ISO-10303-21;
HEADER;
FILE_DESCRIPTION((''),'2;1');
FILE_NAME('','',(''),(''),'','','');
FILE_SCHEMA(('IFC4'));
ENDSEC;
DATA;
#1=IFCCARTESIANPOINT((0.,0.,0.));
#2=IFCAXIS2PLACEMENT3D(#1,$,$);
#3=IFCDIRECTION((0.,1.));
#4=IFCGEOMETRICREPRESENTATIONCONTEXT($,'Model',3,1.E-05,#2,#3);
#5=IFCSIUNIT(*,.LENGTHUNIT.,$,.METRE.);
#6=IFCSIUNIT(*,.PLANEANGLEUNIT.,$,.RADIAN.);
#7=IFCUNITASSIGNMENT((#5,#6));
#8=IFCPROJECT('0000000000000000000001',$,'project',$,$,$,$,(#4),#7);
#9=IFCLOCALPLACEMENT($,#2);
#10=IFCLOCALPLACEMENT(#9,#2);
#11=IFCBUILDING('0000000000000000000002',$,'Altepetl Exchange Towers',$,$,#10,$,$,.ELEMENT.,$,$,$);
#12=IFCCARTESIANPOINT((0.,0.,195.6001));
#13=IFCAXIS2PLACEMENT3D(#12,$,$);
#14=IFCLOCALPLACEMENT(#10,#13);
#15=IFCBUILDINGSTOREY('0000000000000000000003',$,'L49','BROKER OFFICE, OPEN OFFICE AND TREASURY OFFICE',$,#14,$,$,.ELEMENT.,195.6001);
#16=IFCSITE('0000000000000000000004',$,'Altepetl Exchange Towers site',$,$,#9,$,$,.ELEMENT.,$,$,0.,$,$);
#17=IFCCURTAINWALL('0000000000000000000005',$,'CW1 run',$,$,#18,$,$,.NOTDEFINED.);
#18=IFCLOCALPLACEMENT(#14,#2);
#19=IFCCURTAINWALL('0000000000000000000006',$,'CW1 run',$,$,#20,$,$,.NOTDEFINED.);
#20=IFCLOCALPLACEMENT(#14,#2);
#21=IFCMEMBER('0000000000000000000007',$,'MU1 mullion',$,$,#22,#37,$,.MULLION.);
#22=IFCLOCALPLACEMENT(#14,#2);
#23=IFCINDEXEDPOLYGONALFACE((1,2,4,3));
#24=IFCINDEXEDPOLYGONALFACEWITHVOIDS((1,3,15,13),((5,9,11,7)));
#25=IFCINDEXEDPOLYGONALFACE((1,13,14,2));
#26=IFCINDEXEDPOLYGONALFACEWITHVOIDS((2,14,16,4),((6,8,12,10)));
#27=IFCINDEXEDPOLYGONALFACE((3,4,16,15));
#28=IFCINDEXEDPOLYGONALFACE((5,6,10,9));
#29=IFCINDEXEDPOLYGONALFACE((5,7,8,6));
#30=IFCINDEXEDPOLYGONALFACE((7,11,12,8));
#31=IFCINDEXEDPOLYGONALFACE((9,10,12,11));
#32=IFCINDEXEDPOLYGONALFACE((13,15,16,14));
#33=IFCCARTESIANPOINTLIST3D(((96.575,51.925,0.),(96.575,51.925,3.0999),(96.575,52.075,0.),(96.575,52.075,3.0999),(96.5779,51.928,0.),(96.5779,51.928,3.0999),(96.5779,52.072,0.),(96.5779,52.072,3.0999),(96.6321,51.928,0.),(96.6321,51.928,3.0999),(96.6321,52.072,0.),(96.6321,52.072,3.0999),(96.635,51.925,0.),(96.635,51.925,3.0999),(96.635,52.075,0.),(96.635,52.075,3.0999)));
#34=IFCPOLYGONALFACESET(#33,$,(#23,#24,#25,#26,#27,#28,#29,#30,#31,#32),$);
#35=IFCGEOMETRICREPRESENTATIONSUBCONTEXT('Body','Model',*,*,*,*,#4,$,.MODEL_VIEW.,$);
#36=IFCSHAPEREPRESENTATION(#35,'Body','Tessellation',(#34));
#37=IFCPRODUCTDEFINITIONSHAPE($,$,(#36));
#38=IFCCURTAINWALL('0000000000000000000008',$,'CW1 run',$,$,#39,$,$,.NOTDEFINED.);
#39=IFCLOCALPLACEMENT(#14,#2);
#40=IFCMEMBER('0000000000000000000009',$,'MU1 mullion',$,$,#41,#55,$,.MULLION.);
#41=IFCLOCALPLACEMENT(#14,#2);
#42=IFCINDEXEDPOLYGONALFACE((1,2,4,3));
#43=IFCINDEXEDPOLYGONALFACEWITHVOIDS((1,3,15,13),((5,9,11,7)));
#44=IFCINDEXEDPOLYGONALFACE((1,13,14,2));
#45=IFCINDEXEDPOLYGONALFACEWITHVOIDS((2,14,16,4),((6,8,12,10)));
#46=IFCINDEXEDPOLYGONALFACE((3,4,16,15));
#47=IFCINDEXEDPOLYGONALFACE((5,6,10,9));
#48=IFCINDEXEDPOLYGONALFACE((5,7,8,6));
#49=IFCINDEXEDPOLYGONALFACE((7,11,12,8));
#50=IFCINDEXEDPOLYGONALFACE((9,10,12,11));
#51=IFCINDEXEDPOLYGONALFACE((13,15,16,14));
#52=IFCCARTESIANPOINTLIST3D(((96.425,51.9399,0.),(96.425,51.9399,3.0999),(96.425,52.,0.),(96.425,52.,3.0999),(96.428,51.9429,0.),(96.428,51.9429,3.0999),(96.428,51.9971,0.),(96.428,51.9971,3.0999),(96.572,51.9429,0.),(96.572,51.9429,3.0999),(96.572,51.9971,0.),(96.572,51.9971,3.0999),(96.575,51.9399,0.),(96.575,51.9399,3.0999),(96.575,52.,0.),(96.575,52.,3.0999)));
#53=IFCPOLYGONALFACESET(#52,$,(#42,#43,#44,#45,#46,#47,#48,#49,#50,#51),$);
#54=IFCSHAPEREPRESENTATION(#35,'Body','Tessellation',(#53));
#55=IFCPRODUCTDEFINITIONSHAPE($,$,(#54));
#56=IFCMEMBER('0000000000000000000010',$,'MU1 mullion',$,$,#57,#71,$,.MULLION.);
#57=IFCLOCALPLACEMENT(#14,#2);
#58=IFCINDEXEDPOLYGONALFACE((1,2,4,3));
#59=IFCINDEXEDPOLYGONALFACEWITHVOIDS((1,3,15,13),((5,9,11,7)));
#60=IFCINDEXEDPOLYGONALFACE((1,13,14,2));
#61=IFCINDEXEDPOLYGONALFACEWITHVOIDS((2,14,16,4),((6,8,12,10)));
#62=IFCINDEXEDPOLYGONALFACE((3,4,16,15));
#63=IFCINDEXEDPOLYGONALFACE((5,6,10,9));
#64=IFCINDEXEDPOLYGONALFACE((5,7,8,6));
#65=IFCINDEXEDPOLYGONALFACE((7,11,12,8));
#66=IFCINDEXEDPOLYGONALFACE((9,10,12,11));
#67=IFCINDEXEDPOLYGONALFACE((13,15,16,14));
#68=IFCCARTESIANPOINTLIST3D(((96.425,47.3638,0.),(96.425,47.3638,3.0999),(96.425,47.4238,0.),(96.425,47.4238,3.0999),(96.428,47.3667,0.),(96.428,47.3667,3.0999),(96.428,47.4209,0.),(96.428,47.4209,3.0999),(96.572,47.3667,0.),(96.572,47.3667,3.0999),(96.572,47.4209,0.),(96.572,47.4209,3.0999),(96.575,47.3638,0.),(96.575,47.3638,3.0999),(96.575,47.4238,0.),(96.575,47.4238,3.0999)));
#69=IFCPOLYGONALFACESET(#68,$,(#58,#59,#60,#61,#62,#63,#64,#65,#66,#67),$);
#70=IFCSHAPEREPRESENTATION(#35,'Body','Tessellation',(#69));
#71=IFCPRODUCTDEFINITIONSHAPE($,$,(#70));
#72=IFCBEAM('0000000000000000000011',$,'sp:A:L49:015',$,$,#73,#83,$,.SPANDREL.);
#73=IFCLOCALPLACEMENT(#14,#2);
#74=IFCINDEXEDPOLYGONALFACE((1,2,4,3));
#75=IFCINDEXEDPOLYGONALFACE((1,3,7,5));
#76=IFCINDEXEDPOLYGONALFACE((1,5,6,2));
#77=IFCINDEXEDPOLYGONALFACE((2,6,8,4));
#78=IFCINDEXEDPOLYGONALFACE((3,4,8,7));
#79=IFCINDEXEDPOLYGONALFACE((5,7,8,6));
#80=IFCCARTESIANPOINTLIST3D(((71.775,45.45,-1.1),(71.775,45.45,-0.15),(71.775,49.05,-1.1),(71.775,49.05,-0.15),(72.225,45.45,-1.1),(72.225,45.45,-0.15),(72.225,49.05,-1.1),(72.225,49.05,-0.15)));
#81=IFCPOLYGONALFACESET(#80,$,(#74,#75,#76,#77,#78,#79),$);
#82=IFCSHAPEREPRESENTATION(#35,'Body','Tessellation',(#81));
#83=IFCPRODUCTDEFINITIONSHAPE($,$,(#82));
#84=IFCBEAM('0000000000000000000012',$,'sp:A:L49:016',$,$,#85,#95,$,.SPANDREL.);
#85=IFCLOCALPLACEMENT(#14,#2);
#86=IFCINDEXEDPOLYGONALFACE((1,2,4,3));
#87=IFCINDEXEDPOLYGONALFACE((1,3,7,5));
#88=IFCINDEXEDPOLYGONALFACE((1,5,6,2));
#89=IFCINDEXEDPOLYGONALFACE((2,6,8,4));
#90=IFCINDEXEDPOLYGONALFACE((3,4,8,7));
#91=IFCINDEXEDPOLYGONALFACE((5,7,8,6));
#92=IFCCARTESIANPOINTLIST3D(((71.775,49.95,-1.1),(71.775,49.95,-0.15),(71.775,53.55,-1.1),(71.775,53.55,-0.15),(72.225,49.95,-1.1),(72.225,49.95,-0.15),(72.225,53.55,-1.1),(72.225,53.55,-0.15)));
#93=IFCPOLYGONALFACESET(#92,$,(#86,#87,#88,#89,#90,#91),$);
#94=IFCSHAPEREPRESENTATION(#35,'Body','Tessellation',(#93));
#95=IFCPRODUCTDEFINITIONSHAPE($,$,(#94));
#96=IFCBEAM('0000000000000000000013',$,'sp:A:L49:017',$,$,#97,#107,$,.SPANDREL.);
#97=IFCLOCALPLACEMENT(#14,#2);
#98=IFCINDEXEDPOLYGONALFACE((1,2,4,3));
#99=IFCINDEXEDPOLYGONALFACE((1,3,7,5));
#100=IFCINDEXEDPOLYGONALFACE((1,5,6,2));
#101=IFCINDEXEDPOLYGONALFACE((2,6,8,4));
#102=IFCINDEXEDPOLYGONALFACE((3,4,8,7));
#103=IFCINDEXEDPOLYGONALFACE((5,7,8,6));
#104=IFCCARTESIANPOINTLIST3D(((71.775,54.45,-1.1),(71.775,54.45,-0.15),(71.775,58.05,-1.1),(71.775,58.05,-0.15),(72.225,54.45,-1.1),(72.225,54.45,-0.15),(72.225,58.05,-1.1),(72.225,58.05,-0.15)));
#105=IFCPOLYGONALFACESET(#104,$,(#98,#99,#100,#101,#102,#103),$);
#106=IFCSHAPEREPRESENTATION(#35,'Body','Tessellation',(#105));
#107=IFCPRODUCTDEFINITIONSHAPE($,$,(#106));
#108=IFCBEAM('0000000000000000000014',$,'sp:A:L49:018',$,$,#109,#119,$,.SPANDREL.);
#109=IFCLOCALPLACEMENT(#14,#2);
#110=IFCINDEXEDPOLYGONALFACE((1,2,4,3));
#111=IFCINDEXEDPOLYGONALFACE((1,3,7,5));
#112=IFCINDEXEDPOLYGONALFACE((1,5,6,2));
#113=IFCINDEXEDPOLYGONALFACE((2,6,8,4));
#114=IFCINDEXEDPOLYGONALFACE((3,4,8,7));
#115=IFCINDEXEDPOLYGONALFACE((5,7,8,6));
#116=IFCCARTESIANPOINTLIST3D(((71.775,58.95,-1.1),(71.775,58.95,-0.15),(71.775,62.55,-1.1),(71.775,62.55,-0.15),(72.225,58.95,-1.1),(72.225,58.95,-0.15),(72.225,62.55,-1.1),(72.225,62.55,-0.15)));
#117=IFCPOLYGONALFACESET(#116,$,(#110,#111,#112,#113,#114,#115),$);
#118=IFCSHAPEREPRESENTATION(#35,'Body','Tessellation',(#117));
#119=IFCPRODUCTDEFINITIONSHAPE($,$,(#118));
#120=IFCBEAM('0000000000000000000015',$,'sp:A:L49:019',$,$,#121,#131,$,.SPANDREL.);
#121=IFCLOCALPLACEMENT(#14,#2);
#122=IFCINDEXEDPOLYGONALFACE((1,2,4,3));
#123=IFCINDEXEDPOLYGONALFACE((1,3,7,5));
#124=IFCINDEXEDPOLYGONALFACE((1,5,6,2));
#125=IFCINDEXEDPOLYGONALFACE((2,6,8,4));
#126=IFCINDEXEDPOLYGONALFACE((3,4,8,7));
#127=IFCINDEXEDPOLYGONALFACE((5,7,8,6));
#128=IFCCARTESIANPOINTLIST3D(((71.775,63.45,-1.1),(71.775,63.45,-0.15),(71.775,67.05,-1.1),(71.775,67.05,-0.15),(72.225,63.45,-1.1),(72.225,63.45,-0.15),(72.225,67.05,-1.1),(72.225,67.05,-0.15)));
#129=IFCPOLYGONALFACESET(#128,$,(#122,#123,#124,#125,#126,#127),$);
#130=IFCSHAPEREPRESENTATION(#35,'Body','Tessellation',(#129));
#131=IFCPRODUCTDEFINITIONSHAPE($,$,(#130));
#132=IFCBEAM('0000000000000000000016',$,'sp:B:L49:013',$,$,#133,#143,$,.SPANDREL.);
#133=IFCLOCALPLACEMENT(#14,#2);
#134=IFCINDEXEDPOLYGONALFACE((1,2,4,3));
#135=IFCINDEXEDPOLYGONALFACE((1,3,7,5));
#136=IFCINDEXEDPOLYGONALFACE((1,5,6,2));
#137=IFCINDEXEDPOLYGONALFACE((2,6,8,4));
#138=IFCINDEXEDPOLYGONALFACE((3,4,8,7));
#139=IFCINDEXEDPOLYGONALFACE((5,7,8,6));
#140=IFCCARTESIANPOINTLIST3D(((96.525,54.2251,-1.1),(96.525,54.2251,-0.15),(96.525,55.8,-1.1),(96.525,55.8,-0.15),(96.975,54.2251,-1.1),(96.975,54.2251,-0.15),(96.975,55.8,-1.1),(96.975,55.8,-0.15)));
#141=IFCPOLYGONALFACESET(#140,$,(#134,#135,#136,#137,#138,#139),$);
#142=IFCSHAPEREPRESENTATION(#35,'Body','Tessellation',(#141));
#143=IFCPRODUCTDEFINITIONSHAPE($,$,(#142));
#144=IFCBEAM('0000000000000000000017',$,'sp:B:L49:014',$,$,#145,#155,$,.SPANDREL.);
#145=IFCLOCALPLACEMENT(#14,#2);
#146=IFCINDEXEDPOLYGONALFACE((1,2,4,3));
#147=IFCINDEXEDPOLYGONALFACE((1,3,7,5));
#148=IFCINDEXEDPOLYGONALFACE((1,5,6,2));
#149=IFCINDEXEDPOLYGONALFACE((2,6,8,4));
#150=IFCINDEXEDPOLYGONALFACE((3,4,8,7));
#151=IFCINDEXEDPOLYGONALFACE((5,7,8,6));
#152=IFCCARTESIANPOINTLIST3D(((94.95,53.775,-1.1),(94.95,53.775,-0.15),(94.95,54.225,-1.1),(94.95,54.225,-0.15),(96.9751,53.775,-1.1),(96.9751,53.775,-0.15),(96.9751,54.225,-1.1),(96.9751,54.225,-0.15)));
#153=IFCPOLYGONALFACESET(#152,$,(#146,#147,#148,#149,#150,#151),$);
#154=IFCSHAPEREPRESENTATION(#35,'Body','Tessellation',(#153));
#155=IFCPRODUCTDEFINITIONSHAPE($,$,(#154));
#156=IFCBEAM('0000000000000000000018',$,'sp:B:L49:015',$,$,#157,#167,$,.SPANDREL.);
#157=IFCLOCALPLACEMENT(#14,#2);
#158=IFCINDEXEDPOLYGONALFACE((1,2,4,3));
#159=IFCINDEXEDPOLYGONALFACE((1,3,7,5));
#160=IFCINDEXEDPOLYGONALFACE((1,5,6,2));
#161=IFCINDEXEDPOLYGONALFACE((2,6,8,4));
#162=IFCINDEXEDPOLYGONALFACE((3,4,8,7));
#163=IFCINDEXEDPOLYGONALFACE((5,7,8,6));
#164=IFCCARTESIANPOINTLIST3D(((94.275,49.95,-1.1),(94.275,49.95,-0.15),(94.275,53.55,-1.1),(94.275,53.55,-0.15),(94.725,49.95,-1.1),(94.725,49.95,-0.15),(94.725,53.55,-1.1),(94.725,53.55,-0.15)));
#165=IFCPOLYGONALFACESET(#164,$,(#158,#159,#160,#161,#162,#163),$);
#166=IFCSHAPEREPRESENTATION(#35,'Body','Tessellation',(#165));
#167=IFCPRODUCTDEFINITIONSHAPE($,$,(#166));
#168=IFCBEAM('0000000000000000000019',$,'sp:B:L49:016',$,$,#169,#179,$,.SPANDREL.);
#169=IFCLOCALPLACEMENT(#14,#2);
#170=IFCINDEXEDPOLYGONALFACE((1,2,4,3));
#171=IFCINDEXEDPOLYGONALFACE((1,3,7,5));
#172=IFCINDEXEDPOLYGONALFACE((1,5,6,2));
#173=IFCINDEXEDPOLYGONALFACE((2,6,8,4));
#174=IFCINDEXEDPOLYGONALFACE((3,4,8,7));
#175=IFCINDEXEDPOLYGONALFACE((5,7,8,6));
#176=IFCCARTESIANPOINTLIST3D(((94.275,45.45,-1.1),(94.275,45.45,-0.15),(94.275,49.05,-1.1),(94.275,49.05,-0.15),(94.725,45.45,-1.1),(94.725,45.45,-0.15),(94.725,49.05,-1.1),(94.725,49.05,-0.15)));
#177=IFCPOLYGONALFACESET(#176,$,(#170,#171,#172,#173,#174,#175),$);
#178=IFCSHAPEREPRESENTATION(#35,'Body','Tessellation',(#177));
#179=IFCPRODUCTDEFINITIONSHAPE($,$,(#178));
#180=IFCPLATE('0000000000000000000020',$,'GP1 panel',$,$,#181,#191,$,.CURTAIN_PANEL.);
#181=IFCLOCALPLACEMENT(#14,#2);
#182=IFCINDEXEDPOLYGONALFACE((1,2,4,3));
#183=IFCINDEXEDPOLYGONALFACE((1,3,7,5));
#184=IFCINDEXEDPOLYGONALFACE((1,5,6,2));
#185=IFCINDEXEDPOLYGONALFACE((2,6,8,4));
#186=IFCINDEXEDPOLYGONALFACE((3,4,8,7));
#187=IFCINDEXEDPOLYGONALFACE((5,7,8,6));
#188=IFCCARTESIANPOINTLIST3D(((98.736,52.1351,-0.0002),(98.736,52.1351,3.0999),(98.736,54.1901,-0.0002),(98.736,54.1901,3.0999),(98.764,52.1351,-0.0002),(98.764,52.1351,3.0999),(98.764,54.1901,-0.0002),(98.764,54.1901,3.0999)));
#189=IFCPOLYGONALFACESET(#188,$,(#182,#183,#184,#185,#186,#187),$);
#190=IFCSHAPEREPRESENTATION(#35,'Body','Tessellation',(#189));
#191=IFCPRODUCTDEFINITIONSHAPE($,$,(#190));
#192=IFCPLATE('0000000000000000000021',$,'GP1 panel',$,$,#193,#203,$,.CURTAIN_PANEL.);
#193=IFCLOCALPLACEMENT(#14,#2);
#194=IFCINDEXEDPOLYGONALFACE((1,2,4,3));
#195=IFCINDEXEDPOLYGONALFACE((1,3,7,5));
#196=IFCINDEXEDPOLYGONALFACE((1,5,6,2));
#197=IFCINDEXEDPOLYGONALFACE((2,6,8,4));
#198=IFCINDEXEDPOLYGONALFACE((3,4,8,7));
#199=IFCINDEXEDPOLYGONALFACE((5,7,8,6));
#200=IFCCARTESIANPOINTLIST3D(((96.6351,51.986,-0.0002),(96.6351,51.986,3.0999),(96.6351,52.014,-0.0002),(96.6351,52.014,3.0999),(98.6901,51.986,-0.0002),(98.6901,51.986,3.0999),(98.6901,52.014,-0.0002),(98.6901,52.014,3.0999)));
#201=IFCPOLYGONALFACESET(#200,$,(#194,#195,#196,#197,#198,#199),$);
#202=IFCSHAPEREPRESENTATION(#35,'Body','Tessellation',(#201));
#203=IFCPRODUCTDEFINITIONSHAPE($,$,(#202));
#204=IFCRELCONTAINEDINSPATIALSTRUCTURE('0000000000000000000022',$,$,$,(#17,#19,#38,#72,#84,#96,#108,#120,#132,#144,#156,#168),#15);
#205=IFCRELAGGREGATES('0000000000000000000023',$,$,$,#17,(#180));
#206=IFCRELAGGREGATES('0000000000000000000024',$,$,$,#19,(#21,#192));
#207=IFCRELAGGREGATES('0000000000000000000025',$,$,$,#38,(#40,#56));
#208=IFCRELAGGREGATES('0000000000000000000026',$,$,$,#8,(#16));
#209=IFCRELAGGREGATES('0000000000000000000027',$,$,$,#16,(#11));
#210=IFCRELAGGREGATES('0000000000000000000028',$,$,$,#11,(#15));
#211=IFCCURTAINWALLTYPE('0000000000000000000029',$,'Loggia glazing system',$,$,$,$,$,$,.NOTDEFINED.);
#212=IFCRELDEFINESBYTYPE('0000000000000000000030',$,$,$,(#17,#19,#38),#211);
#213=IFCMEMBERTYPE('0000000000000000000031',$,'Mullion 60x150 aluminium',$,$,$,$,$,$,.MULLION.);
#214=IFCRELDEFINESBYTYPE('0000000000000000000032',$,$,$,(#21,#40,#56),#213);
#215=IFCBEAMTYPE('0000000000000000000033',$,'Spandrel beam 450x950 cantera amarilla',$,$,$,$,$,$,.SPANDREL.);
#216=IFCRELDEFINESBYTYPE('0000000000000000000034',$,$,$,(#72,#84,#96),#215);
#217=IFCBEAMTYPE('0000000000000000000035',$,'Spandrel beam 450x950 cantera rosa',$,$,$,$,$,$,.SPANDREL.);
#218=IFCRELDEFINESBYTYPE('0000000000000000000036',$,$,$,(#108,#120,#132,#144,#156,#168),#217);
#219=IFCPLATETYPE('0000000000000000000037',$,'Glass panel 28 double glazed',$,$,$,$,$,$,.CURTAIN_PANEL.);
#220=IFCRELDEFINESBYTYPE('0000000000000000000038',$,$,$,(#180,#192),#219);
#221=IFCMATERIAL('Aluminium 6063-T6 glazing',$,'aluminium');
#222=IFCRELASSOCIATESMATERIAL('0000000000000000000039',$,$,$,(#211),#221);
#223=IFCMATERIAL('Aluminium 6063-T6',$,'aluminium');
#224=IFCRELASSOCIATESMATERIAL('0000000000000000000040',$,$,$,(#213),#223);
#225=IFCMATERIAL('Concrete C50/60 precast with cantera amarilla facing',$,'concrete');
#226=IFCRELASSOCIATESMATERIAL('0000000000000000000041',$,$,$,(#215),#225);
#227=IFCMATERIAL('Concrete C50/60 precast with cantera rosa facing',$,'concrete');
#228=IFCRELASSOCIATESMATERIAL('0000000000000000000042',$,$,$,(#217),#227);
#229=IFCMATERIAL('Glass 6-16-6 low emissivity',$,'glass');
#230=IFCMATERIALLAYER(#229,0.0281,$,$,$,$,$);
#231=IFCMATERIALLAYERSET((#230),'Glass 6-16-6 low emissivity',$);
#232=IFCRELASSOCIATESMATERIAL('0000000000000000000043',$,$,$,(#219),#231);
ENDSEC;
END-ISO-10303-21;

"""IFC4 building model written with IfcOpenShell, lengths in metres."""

from ifc_helpers import new_model, si_unit, direction, frame, origin, origin_2d, place, context, subcontext, project, spatial, rectangle, hollow_rectangle, extrude, material, layer, layer_set, material_profile, profile_set, type_object, element, aggregate, save


model = new_model("IFC4")

# Units and contexts
model_context = context("Model", 3, precision=1e-05, world=origin(), true_north=direction((0.0, 1.0)))
body_context = subcontext(model_context, "Body", "Model", "MODEL_VIEW")
ifc_project = project(units=[si_unit("LENGTHUNIT", "METRE"), si_unit("PLANEANGLEUNIT", "RADIAN")], contexts=[model_context])

# Site, building, storey
site_placement = place(None, origin())
site = spatial("IfcSite", under=ifc_project, at=site_placement, Name="Altepetl Exchange Towers site", CompositionType="ELEMENT", RefElevation=0.0)
building_placement = place(site_placement, origin())
building = spatial("IfcBuilding", under=site, at=building_placement, Name="Altepetl Exchange Towers", CompositionType="ELEMENT")
storey_placement = place(building_placement, frame((0.0, 0.0, 195.6001)))
storey = spatial("IfcBuildingStorey", under=building, at=storey_placement, Name="L49", Description="BROKER OFFICE, OPEN OFFICE AND TREASURY OFFICE", CompositionType="ELEMENT", Elevation=195.6001)

# Curtain walls, members
ifc_material_1 = material(Name="Aluminium 6063-T6 glazing", Category="aluminium")
curtain_wall_type = type_object("IfcCurtainWallType", Name="Loggia glazing system", PredefinedType="NOTDEFINED", material=ifc_material_1)
curtain_wall_1_placement = place(storey_placement, origin())
curtain_wall_1 = element("IfcCurtainWall", 1, at=curtain_wall_1_placement, inside=storey, type_object=curtain_wall_type, Name="CW1 run", PredefinedType="NOTDEFINED")
ifc_material_2 = material(Name="Aluminium 6063-T6", Category="aluminium")
ifc_material_profile_1 = material_profile(ifc_material_2, hollow_rectangle(XDim=0.0601, YDim=0.1499, WallThickness=0.0029, at=origin_2d()), Name="Mullion 60x150 aluminium")
ifc_profile_set_1 = profile_set([ifc_material_profile_1], Name="Aluminium 6063-T6")
member_type = type_object("IfcMemberType", Name="Mullion 60x150 aluminium", PredefinedType="MULLION", material=ifc_profile_set_1)
curtain_wall_2_placement = place(storey_placement, origin())
curtain_wall_2 = element("IfcCurtainWall", 2, at=curtain_wall_2_placement, inside=storey, type_object=curtain_wall_type, Name="CW1 run", PredefinedType="NOTDEFINED")
member_1_placement = place(storey_placement, frame((96.605, 52.0, 0.0), z_axis=(0.0, 0.0, 1.0), x_axis=(-1.0, 0.0, 0.0)))
member_1 = element("IfcMember", 3, at=member_1_placement, type_object=member_type, Name="MU1 mullion", PredefinedType="MULLION", context=body_context, shape_type="SweptSolid", body=[
    extrude(hollow_rectangle(XDim=0.0601, YDim=0.1499, WallThickness=0.0029, at=origin_2d()), origin(), (0.0, 0.0, 1.0), 3.0999),
])
curtain_wall_3_placement = place(storey_placement, origin())
curtain_wall_3 = element("IfcCurtainWall", 4, at=curtain_wall_3_placement, inside=storey, type_object=curtain_wall_type, Name="CW1 run", PredefinedType="NOTDEFINED")
member_2_placement = place(storey_placement, frame((96.5, 51.97, 0.0), z_axis=(0.0, 0.0, 1.0), x_axis=(0.0, -1.0, 0.0)))
member_2 = element("IfcMember", 5, at=member_2_placement, type_object=member_type, Name="MU1 mullion", PredefinedType="MULLION", context=body_context, shape_type="SweptSolid", body=[
    extrude(hollow_rectangle(XDim=0.0601, YDim=0.1499, WallThickness=0.0029, at=origin_2d()), origin(), (0.0, 0.0, 1.0), 3.0999),
])
member_3_placement = place(storey_placement, frame((96.5, 47.3938, 0.0), z_axis=(0.0, 0.0, 1.0), x_axis=(0.0, -1.0, 0.0)))
member_3 = element("IfcMember", 6, at=member_3_placement, type_object=member_type, Name="MU1 mullion", PredefinedType="MULLION", context=body_context, shape_type="SweptSolid", body=[
    extrude(hollow_rectangle(XDim=0.0601, YDim=0.1499, WallThickness=0.0029, at=origin_2d()), origin(), (0.0, 0.0, 1.0), 3.0999),
])

# Beams
ifc_material_3 = material(Name="Concrete C50/60 precast with cantera amarilla facing", Category="concrete")
ifc_material_profile_2 = material_profile(ifc_material_3, rectangle(XDim=0.45, YDim=0.95, at=origin_2d()), Name="450 x 950")
ifc_profile_set_2 = profile_set([ifc_material_profile_2], Name="Concrete C50/60 precast with cantera amarilla facing")
beam_type_1 = type_object("IfcBeamType", Name="Spandrel beam 450x950 cantera amarilla", PredefinedType="SPANDREL", material=ifc_profile_set_2)
for number, where, z_axis, x_axis, name in (
    (7, (72.0, 45.45, -0.625), (0.0, 1.0, 0.0), (-1.0, 0.0, 0.0), "sp:A:L49:015"),
    (8, (72.0, 49.95, -0.625), (0.0, 1.0, 0.0), (-1.0, 0.0, 0.0), "sp:A:L49:016"),
    (9, (72.0, 54.45, -0.625), (0.0, 1.0, 0.0), (-1.0, 0.0, 0.0), "sp:A:L49:017"),
):
    element("IfcBeam", number, at=place(storey_placement, frame(where, z_axis=z_axis, x_axis=x_axis)), inside=storey, type_object=beam_type_1, Name=name, PredefinedType="SPANDREL", context=body_context, shape_type="SweptSolid", body=[
        extrude(rectangle(XDim=0.45, YDim=0.95, at=origin_2d()), origin(), (0.0, 0.0, 1.0), 3.6001),
    ])
ifc_material_4 = material(Name="Concrete C50/60 precast with cantera rosa facing", Category="concrete")
ifc_material_profile_3 = material_profile(ifc_material_4, rectangle(XDim=0.45, YDim=0.95, at=origin_2d()), Name="450 x 950")
ifc_profile_set_3 = profile_set([ifc_material_profile_3], Name="Concrete C50/60 precast with cantera rosa facing")
beam_type_2 = type_object("IfcBeamType", Name="Spandrel beam 450x950 cantera rosa", PredefinedType="SPANDREL", material=ifc_profile_set_3)
for number, where, z_axis, x_axis, name in (
    (10, (72.0, 58.95, -0.625), (0.0, 1.0, 0.0), (-1.0, 0.0, 0.0), "sp:A:L49:018"),
    (11, (72.0, 63.45, -0.625), (0.0, 1.0, 0.0), (-1.0, 0.0, 0.0), "sp:A:L49:019"),
):
    element("IfcBeam", number, at=place(storey_placement, frame(where, z_axis=z_axis, x_axis=x_axis)), inside=storey, type_object=beam_type_2, Name=name, PredefinedType="SPANDREL", context=body_context, shape_type="SweptSolid", body=[
        extrude(rectangle(XDim=0.45, YDim=0.95, at=origin_2d()), origin(), (0.0, 0.0, 1.0), 3.6001),
    ])
beam_1_placement = place(storey_placement, frame((96.75, 55.8, -0.625), z_axis=(0.0, -1.0, 0.0), x_axis=(1.0, 0.0, 0.0)))
element("IfcBeam", 12, at=beam_1_placement, inside=storey, type_object=beam_type_2, Name="sp:B:L49:013", PredefinedType="SPANDREL", context=body_context, shape_type="SweptSolid", body=[
    extrude(rectangle(XDim=0.45, YDim=0.95, at=origin_2d()), origin(), (0.0, 0.0, 1.0), 1.575),
])
beam_2_placement = place(storey_placement, frame((96.9751, 54.0, -0.625), z_axis=(-1.0, 0.0, 0.0), x_axis=(0.0, -1.0, 0.0)))
element("IfcBeam", 13, at=beam_2_placement, inside=storey, type_object=beam_type_2, Name="sp:B:L49:014", PredefinedType="SPANDREL", context=body_context, shape_type="SweptSolid", body=[
    extrude(rectangle(XDim=0.45, YDim=0.95, at=origin_2d()), origin(), (0.0, 0.0, 1.0), 2.0251),
])
for number, where, z_axis, x_axis, name in (
    (14, (94.5, 53.55, -0.625), (0.0, -1.0, 0.0), (1.0, 0.0, 0.0), "sp:B:L49:015"),
    (15, (94.5, 49.05, -0.625), (0.0, -1.0, 0.0), (1.0, 0.0, 0.0), "sp:B:L49:016"),
):
    element("IfcBeam", number, at=place(storey_placement, frame(where, z_axis=z_axis, x_axis=x_axis)), inside=storey, type_object=beam_type_2, Name=name, PredefinedType="SPANDREL", context=body_context, shape_type="SweptSolid", body=[
        extrude(rectangle(XDim=0.45, YDim=0.95, at=origin_2d()), origin(), (0.0, 0.0, 1.0), 3.6001),
    ])

# Plates
ifc_material_5 = material(Name="Glass 6-16-6 low emissivity", Category="glass")
ifc_layer = layer(ifc_material_5, 0.0281)
ifc_layer_set = layer_set([ifc_layer], Name="Glass 6-16-6 low emissivity")
plate_type = type_object("IfcPlateType", Name="Glass panel 28 double glazed", PredefinedType="CURTAIN_PANEL", material=ifc_layer_set)
plate_1_placement = place(storey_placement, frame((98.75, 53.1626, -0.0002), z_axis=(0.0, 0.0, 1.0), x_axis=(0.0, -1.0, 0.0)))
plate_1 = element("IfcPlate", 16, at=plate_1_placement, type_object=plate_type, Name="GP1 panel", PredefinedType="CURTAIN_PANEL", context=body_context, shape_type="SweptSolid", body=[
    extrude(rectangle(XDim=2.0549, YDim=0.0281, at=origin_2d()), origin(), (0.0, 0.0, 1.0), 3.1001),
])
aggregate(curtain_wall_1, [plate_1])
plate_2_placement = place(storey_placement, frame((97.6626, 52.0, -0.0002), z_axis=(0.0, 0.0, 1.0), x_axis=(-1.0, 0.0, 0.0)))
plate_2 = element("IfcPlate", 17, at=plate_2_placement, type_object=plate_type, Name="GP1 panel", PredefinedType="CURTAIN_PANEL", context=body_context, shape_type="SweptSolid", body=[
    extrude(rectangle(XDim=2.0549, YDim=0.0281, at=origin_2d()), origin(), (0.0, 0.0, 1.0), 3.1001),
])
aggregate(curtain_wall_2, [member_1, plate_2])
aggregate(curtain_wall_3, [member_2, member_3])

save(model, "model.ifc")
